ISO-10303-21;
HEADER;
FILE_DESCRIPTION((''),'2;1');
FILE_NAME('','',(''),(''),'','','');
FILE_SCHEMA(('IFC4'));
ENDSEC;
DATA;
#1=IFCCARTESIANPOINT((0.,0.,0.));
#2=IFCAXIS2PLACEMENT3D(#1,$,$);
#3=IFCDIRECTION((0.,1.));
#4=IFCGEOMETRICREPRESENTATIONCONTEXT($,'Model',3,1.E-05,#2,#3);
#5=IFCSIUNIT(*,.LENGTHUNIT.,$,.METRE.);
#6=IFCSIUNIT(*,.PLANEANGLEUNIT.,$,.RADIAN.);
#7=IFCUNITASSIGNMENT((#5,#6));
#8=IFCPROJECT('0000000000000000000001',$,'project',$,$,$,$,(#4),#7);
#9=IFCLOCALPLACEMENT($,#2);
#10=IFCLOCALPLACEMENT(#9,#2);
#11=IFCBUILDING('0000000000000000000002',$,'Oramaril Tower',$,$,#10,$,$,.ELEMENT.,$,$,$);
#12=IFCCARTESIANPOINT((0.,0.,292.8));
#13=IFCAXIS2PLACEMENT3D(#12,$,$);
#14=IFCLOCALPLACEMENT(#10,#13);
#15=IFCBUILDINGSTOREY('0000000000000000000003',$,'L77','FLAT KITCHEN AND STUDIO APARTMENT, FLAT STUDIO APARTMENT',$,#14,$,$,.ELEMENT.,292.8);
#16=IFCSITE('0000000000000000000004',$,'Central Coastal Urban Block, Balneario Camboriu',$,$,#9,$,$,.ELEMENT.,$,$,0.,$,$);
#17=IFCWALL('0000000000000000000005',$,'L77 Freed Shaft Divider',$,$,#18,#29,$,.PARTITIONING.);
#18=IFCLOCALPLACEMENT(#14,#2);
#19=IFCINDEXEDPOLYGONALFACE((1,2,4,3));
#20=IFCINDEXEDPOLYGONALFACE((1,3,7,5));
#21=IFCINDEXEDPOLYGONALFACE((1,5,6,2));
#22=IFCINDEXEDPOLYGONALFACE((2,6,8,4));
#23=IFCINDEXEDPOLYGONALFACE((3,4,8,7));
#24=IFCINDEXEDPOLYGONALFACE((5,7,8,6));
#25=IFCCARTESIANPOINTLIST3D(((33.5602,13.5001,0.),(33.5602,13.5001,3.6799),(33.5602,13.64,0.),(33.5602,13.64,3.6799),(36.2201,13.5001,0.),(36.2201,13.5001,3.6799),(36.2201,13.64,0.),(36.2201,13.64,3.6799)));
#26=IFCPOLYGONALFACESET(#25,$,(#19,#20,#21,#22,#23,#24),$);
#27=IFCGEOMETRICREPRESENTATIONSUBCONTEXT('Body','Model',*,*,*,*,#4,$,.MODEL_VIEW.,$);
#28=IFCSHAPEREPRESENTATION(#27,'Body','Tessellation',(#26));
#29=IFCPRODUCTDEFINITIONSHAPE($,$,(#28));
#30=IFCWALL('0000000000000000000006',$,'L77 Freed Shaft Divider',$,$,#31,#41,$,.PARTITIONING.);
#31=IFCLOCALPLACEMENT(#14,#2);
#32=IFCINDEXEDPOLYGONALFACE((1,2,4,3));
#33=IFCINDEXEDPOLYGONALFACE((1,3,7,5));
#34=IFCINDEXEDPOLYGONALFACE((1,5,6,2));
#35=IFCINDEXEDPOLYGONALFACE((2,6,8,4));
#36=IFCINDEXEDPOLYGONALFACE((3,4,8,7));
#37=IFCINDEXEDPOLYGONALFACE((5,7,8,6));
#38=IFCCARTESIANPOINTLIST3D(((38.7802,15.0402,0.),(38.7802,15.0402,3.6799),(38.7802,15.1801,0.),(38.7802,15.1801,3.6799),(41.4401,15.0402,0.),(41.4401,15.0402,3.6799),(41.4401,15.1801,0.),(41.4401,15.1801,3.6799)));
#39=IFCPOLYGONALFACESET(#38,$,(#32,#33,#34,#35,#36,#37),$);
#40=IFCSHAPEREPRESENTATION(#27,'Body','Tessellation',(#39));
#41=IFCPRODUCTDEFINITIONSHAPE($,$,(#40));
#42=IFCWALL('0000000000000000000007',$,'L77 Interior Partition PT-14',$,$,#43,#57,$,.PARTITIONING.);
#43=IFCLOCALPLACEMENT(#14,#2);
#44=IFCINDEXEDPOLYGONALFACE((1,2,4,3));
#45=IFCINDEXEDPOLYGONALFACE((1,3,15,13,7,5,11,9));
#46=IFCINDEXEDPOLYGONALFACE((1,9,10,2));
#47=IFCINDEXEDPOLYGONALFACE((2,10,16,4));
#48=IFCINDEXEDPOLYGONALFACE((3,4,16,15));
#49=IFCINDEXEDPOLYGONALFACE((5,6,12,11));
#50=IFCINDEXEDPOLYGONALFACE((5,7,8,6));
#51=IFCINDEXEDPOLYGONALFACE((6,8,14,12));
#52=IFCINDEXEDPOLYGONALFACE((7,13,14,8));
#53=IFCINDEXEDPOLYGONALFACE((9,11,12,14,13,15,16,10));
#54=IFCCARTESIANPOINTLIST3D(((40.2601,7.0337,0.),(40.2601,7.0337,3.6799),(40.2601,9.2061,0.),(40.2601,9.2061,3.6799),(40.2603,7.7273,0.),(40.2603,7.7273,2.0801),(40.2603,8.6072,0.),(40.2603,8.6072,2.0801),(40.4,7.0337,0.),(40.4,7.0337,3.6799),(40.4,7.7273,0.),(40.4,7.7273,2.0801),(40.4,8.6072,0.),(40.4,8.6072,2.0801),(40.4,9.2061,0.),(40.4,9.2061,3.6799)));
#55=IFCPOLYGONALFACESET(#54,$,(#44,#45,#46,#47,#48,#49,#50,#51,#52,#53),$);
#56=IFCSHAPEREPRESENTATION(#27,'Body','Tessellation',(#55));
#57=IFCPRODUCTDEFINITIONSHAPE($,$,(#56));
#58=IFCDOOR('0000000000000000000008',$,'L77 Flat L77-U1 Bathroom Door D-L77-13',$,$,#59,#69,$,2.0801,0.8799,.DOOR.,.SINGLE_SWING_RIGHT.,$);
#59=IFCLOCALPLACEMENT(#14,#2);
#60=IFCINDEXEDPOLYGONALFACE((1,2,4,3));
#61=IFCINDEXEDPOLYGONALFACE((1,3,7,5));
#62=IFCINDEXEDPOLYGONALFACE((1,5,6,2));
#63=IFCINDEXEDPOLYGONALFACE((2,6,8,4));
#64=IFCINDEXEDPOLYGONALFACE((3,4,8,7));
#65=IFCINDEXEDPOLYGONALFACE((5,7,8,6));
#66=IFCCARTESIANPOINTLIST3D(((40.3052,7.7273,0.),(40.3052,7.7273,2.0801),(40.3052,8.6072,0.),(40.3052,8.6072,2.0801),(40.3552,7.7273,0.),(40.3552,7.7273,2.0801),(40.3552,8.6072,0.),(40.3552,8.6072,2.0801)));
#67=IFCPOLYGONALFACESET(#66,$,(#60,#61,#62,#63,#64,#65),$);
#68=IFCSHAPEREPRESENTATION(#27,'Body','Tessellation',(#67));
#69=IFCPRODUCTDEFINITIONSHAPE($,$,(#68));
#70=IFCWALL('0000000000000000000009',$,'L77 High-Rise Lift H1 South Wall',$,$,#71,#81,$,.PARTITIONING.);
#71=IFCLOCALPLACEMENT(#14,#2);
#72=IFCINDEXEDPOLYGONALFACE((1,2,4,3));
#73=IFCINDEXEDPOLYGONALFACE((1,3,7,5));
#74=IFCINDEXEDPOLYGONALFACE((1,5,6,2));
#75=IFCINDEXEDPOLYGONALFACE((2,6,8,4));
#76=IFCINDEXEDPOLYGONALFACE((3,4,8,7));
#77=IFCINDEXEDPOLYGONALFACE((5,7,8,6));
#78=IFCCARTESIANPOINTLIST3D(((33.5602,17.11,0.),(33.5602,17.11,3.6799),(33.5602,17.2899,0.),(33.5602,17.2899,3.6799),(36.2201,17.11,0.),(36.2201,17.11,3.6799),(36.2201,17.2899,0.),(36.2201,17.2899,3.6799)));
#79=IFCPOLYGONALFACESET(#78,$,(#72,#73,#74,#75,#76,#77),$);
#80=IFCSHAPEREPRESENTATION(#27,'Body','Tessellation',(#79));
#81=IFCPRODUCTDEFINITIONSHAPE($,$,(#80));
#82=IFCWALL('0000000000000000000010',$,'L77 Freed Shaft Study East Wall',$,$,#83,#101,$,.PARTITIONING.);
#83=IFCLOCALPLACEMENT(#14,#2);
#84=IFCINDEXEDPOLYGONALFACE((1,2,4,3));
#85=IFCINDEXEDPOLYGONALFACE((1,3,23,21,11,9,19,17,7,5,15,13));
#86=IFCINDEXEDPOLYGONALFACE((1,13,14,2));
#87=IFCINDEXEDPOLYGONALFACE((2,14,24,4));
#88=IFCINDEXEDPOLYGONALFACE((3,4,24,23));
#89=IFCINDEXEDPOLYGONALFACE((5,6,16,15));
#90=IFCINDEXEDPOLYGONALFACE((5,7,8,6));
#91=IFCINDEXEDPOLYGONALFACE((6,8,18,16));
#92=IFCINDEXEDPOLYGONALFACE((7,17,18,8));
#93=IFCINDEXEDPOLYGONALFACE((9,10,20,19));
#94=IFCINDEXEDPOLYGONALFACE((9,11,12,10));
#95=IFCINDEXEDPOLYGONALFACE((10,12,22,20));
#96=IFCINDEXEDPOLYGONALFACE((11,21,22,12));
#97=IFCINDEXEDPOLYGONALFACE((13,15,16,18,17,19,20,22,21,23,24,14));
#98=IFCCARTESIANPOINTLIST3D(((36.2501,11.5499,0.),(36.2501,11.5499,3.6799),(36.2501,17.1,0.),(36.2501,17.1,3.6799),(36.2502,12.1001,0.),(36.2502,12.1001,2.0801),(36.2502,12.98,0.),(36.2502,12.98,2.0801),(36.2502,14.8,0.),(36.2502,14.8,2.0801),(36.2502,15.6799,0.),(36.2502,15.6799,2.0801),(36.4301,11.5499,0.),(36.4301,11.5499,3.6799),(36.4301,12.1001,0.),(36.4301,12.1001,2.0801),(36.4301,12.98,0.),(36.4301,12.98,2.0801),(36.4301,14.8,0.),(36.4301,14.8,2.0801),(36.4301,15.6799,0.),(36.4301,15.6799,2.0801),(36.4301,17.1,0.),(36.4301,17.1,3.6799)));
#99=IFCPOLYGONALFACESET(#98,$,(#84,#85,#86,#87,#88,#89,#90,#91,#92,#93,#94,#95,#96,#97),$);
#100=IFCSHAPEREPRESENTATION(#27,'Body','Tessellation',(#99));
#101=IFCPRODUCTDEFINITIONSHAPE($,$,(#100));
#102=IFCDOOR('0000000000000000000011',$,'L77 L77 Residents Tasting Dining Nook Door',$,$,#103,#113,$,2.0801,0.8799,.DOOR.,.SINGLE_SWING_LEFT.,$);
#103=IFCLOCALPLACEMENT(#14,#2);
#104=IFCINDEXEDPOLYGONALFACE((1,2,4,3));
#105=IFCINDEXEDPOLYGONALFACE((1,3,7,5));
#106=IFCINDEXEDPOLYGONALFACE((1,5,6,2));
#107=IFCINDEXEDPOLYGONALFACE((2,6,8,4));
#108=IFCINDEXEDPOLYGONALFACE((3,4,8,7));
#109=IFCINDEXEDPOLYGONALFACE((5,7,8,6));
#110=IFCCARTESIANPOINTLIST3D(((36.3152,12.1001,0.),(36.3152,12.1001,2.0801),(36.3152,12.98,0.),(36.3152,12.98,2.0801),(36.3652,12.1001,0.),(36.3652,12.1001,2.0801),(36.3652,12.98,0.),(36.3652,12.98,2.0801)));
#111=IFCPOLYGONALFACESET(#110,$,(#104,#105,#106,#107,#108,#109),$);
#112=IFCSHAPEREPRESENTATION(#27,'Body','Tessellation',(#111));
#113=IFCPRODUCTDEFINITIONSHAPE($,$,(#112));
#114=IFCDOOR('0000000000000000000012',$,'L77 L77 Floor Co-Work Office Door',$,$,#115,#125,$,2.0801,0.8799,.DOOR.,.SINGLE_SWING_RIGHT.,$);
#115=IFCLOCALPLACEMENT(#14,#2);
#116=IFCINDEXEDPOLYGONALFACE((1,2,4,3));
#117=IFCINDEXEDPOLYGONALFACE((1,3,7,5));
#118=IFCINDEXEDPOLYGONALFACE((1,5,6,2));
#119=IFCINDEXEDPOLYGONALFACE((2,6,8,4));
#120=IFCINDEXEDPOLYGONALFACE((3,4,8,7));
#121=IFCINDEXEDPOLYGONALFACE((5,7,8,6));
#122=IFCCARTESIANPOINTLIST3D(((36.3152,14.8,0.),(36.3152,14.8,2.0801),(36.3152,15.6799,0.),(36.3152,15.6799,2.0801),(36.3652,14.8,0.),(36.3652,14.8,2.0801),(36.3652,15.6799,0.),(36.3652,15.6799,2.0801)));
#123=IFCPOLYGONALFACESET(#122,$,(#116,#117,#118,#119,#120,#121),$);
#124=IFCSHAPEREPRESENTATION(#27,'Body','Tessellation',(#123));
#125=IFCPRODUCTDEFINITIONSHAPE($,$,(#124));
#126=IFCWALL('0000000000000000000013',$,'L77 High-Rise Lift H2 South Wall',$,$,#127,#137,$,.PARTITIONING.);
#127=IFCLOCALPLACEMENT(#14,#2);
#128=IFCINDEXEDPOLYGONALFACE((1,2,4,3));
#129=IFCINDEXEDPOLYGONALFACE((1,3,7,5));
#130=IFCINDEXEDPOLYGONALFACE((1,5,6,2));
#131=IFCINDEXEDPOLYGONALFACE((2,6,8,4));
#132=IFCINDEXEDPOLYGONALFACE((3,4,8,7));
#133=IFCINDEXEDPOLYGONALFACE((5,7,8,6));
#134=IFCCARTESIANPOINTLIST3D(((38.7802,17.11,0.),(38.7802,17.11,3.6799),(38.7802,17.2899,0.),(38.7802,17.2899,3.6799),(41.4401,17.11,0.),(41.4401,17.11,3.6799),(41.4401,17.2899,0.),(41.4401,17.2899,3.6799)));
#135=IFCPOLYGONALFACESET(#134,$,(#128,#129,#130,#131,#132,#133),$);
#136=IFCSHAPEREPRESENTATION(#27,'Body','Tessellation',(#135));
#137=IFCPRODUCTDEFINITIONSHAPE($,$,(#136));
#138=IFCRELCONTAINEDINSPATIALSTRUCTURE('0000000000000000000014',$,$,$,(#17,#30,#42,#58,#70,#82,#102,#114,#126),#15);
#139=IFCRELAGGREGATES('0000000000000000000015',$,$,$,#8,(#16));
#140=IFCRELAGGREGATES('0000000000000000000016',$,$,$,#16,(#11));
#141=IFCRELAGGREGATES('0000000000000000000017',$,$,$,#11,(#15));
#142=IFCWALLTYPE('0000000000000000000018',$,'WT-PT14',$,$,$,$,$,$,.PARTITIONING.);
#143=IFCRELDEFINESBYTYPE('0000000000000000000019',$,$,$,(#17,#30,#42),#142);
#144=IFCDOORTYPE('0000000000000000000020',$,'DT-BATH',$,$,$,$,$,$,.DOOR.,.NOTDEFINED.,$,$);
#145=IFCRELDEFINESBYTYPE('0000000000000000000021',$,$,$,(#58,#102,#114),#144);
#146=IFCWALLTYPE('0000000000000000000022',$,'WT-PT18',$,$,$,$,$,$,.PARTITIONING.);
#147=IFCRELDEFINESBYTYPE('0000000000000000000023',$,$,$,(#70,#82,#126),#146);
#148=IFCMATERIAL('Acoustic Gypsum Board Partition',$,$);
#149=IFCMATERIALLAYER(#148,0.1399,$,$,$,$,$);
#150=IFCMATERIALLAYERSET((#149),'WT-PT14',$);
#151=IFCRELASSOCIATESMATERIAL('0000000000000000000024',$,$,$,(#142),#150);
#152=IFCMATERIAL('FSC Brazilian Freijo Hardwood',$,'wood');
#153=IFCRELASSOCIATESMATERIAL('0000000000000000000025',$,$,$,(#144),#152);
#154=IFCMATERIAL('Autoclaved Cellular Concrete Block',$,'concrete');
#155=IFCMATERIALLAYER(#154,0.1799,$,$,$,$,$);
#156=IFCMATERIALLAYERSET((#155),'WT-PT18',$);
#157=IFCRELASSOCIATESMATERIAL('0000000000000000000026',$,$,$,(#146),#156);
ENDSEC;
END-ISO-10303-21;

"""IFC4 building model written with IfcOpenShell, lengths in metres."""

from ifc_helpers import new_model, si_unit, direction, frame, frame_2d, origin, place, context, subcontext, project, spatial, rectangle, extrude, material, layer, layer_set, type_object, element, fill, save


model = new_model("IFC4")

# Units and contexts
model_context = context("Model", 3, precision=1e-05, world=origin(), true_north=direction((0.0, 1.0)))
body_context = subcontext(model_context, "Body", "Model", "MODEL_VIEW")
ifc_project = project(units=[si_unit("LENGTHUNIT", "METRE"), si_unit("PLANEANGLEUNIT", "RADIAN")], contexts=[model_context])

# Site, building, storey
site_placement = place(None, origin())
site = spatial("IfcSite", under=ifc_project, at=site_placement, Name="Central Coastal Urban Block, Balneario Camboriu", CompositionType="ELEMENT", RefElevation=0.0)
building_placement = place(site_placement, origin())
building = spatial("IfcBuilding", under=site, at=building_placement, Name="Oramaril Tower", CompositionType="ELEMENT")
storey_placement = place(building_placement, frame((0.0, 0.0, 292.8)))
storey = spatial("IfcBuildingStorey", under=building, at=storey_placement, Name="L77", Description="FLAT KITCHEN AND STUDIO APARTMENT, FLAT STUDIO APARTMENT", CompositionType="ELEMENT", Elevation=292.8)

# Walls
ifc_material_1 = material(Name="Acoustic Gypsum Board Partition")
ifc_layer_1 = layer(ifc_material_1, 0.1399)
ifc_layer_set_1 = layer_set([ifc_layer_1], Name="WT-PT14")
wall_type_1 = type_object("IfcWallType", Name="WT-PT14", PredefinedType="PARTITIONING", material=ifc_layer_set_1)
for number, where, z_axis, x_axis, name in (
    (1, (33.5601, 13.5701, 0.0), (0.0, 0.0, 1.0), (1.0, 0.0, 0.0), "L77 Freed Shaft Divider"),
    (2, (38.78, 15.1101, 0.0), (0.0, 0.0, 1.0), (1.0, 0.0, 0.0), "L77 Freed Shaft Divider"),
):
    element("IfcWall", number, at=place(storey_placement, frame(where, z_axis=z_axis, x_axis=x_axis)), inside=storey, type_object=wall_type_1, Name=name, PredefinedType="PARTITIONING", context=body_context, shape_type="SweptSolid", body=[
        extrude(rectangle(XDim=2.6599, YDim=0.1399, at=frame_2d((1.3301, 0.0))), origin(), (0.0, 0.0, 1.0), 3.6799),
    ])

# Wall, opening, door
wall_1_placement = place(storey_placement, frame((40.3301, 7.0337, 0.0), z_axis=(0.0, 0.0, 1.0), x_axis=(0.0, 1.0, 0.0)))
wall_1 = element("IfcWall", 3, at=wall_1_placement, inside=storey, type_object=wall_type_1, Name="L77 Interior Partition PT-14", PredefinedType="PARTITIONING", context=body_context, shape_type="SweptSolid", body=[
    extrude(rectangle(XDim=2.1724, YDim=0.1399, at=frame_2d((1.0862, 0.0))), origin(), (0.0, 0.0, 1.0), 3.6799),
])
opening_1_placement = place(wall_1_placement, frame((0.6936, 0.0, 0.0)))
opening_1 = element("IfcOpeningElement", 4, at=opening_1_placement, cuts=wall_1, PredefinedType="OPENING", context=body_context, shape_type="SweptSolid", body=[
    extrude(rectangle(XDim=0.8799, YDim=2.0801, at=frame_2d((0.4399, 1.04))), frame((0.0, 0.0698, 0.0), z_axis=(0.0, -1.0, 0.0), x_axis=(1.0, 0.0, 0.0)), (0.0, 0.0, 1.0), 0.1399),
])
ifc_material_2 = material(Name="FSC Brazilian Freijo Hardwood", Category="wood")
door_type_1 = type_object("IfcDoorType", Name="DT-BATH", OperationType="NOTDEFINED", PredefinedType="DOOR", material=ifc_material_2)
door_1_placement = place(opening_1_placement, origin())
door_1 = element("IfcDoor", 5, at=door_1_placement, inside=storey, type_object=door_type_1, Name="L77 Flat L77-U1 Bathroom Door D-L77-13", OperationType="SINGLE_SWING_RIGHT", OverallHeight=2.0801, OverallWidth=0.8799, PredefinedType="DOOR", context=body_context, shape_type="SweptSolid", body=[
    extrude(rectangle(XDim=0.8799, YDim=2.0801, at=frame_2d((0.4399, 1.04))), frame((0.0, 0.0249, 0.0), z_axis=(0.0, -1.0, 0.0), x_axis=(1.0, 0.0, 0.0)), (0.0, 0.0, 1.0), 0.05),
])
fill(opening_1, door_1)

# Wall
ifc_material_3 = material(Name="Autoclaved Cellular Concrete Block", Category="concrete")
ifc_layer_2 = layer(ifc_material_3, 0.1799)
ifc_layer_set_2 = layer_set([ifc_layer_2], Name="WT-PT18")
wall_type_2 = type_object("IfcWallType", Name="WT-PT18", PredefinedType="PARTITIONING", material=ifc_layer_set_2)
wall_2_placement = place(storey_placement, frame((33.5601, 17.2, 0.0), z_axis=(0.0, 0.0, 1.0), x_axis=(1.0, 0.0, 0.0)))
element("IfcWall", 6, at=wall_2_placement, inside=storey, type_object=wall_type_2, Name="L77 High-Rise Lift H1 South Wall", PredefinedType="PARTITIONING", context=body_context, shape_type="SweptSolid", body=[
    extrude(rectangle(XDim=2.6599, YDim=0.1799, at=frame_2d((1.3301, 0.0))), origin(), (0.0, 0.0, 1.0), 3.6799),
])

# Wall, openings, doors
wall_3_placement = place(storey_placement, frame((36.3401, 11.55, 0.0), z_axis=(0.0, 0.0, 1.0), x_axis=(0.0, 1.0, 0.0)))
wall_3 = element("IfcWall", 7, at=wall_3_placement, inside=storey, type_object=wall_type_2, Name="L77 Freed Shaft Study East Wall", PredefinedType="PARTITIONING", context=body_context, shape_type="SweptSolid", body=[
    extrude(rectangle(XDim=5.55, YDim=0.1799, at=frame_2d((2.7749, 0.0))), origin(), (0.0, 0.0, 1.0), 3.6799),
])
opening_2_placement = place(wall_3_placement, frame((0.55, 0.0, 0.0)))
opening_2 = element("IfcOpeningElement", 8, at=opening_2_placement, cuts=wall_3, PredefinedType="OPENING", context=body_context, shape_type="SweptSolid", body=[
    extrude(rectangle(XDim=0.8799, YDim=2.0801, at=frame_2d((0.4399, 1.04))), frame((0.0, 0.0898, 0.0), z_axis=(0.0, -1.0, 0.0), x_axis=(1.0, 0.0, 0.0)), (0.0, 0.0, 1.0), 0.1799),
])
opening_3_placement = place(wall_3_placement, frame((3.25, 0.0, 0.0)))
opening_3 = element("IfcOpeningElement", 9, at=opening_3_placement, cuts=wall_3, PredefinedType="OPENING", context=body_context, shape_type="SweptSolid", body=[
    extrude(rectangle(XDim=0.8799, YDim=2.0801, at=frame_2d((0.4399, 1.04))), frame((0.0, 0.0898, 0.0), z_axis=(0.0, -1.0, 0.0), x_axis=(1.0, 0.0, 0.0)), (0.0, 0.0, 1.0), 0.1799),
])
door_2_placement = place(opening_2_placement, origin())
door_2 = element("IfcDoor", 10, at=door_2_placement, inside=storey, type_object=door_type_1, Name="L77 L77 Residents Tasting Dining Nook Door", OperationType="SINGLE_SWING_LEFT", OverallHeight=2.0801, OverallWidth=0.8799, PredefinedType="DOOR", context=body_context, shape_type="SweptSolid", body=[
    extrude(rectangle(XDim=0.8799, YDim=2.0801, at=frame_2d((0.4399, 1.04))), frame((0.0, 0.0249, 0.0), z_axis=(0.0, -1.0, 0.0), x_axis=(1.0, 0.0, 0.0)), (0.0, 0.0, 1.0), 0.05),
])
fill(opening_2, door_2)
door_3_placement = place(opening_3_placement, origin())
door_3 = element("IfcDoor", 11, at=door_3_placement, inside=storey, type_object=door_type_1, Name="L77 L77 Floor Co-Work Office Door", OperationType="SINGLE_SWING_RIGHT", OverallHeight=2.0801, OverallWidth=0.8799, PredefinedType="DOOR", context=body_context, shape_type="SweptSolid", body=[
    extrude(rectangle(XDim=0.8799, YDim=2.0801, at=frame_2d((0.4399, 1.04))), frame((0.0, 0.0249, 0.0), z_axis=(0.0, -1.0, 0.0), x_axis=(1.0, 0.0, 0.0)), (0.0, 0.0, 1.0), 0.05),
])
fill(opening_3, door_3)

# Wall
wall_4_placement = place(storey_placement, frame((38.78, 17.2, 0.0), z_axis=(0.0, 0.0, 1.0), x_axis=(1.0, 0.0, 0.0)))
element("IfcWall", 12, at=wall_4_placement, inside=storey, type_object=wall_type_2, Name="L77 High-Rise Lift H2 South Wall", PredefinedType="PARTITIONING", context=body_context, shape_type="SweptSolid", body=[
    extrude(rectangle(XDim=2.6599, YDim=0.1799, at=frame_2d((1.3301, 0.0))), origin(), (0.0, 0.0, 1.0), 3.6799),
])

save(model, "model.ifc")
